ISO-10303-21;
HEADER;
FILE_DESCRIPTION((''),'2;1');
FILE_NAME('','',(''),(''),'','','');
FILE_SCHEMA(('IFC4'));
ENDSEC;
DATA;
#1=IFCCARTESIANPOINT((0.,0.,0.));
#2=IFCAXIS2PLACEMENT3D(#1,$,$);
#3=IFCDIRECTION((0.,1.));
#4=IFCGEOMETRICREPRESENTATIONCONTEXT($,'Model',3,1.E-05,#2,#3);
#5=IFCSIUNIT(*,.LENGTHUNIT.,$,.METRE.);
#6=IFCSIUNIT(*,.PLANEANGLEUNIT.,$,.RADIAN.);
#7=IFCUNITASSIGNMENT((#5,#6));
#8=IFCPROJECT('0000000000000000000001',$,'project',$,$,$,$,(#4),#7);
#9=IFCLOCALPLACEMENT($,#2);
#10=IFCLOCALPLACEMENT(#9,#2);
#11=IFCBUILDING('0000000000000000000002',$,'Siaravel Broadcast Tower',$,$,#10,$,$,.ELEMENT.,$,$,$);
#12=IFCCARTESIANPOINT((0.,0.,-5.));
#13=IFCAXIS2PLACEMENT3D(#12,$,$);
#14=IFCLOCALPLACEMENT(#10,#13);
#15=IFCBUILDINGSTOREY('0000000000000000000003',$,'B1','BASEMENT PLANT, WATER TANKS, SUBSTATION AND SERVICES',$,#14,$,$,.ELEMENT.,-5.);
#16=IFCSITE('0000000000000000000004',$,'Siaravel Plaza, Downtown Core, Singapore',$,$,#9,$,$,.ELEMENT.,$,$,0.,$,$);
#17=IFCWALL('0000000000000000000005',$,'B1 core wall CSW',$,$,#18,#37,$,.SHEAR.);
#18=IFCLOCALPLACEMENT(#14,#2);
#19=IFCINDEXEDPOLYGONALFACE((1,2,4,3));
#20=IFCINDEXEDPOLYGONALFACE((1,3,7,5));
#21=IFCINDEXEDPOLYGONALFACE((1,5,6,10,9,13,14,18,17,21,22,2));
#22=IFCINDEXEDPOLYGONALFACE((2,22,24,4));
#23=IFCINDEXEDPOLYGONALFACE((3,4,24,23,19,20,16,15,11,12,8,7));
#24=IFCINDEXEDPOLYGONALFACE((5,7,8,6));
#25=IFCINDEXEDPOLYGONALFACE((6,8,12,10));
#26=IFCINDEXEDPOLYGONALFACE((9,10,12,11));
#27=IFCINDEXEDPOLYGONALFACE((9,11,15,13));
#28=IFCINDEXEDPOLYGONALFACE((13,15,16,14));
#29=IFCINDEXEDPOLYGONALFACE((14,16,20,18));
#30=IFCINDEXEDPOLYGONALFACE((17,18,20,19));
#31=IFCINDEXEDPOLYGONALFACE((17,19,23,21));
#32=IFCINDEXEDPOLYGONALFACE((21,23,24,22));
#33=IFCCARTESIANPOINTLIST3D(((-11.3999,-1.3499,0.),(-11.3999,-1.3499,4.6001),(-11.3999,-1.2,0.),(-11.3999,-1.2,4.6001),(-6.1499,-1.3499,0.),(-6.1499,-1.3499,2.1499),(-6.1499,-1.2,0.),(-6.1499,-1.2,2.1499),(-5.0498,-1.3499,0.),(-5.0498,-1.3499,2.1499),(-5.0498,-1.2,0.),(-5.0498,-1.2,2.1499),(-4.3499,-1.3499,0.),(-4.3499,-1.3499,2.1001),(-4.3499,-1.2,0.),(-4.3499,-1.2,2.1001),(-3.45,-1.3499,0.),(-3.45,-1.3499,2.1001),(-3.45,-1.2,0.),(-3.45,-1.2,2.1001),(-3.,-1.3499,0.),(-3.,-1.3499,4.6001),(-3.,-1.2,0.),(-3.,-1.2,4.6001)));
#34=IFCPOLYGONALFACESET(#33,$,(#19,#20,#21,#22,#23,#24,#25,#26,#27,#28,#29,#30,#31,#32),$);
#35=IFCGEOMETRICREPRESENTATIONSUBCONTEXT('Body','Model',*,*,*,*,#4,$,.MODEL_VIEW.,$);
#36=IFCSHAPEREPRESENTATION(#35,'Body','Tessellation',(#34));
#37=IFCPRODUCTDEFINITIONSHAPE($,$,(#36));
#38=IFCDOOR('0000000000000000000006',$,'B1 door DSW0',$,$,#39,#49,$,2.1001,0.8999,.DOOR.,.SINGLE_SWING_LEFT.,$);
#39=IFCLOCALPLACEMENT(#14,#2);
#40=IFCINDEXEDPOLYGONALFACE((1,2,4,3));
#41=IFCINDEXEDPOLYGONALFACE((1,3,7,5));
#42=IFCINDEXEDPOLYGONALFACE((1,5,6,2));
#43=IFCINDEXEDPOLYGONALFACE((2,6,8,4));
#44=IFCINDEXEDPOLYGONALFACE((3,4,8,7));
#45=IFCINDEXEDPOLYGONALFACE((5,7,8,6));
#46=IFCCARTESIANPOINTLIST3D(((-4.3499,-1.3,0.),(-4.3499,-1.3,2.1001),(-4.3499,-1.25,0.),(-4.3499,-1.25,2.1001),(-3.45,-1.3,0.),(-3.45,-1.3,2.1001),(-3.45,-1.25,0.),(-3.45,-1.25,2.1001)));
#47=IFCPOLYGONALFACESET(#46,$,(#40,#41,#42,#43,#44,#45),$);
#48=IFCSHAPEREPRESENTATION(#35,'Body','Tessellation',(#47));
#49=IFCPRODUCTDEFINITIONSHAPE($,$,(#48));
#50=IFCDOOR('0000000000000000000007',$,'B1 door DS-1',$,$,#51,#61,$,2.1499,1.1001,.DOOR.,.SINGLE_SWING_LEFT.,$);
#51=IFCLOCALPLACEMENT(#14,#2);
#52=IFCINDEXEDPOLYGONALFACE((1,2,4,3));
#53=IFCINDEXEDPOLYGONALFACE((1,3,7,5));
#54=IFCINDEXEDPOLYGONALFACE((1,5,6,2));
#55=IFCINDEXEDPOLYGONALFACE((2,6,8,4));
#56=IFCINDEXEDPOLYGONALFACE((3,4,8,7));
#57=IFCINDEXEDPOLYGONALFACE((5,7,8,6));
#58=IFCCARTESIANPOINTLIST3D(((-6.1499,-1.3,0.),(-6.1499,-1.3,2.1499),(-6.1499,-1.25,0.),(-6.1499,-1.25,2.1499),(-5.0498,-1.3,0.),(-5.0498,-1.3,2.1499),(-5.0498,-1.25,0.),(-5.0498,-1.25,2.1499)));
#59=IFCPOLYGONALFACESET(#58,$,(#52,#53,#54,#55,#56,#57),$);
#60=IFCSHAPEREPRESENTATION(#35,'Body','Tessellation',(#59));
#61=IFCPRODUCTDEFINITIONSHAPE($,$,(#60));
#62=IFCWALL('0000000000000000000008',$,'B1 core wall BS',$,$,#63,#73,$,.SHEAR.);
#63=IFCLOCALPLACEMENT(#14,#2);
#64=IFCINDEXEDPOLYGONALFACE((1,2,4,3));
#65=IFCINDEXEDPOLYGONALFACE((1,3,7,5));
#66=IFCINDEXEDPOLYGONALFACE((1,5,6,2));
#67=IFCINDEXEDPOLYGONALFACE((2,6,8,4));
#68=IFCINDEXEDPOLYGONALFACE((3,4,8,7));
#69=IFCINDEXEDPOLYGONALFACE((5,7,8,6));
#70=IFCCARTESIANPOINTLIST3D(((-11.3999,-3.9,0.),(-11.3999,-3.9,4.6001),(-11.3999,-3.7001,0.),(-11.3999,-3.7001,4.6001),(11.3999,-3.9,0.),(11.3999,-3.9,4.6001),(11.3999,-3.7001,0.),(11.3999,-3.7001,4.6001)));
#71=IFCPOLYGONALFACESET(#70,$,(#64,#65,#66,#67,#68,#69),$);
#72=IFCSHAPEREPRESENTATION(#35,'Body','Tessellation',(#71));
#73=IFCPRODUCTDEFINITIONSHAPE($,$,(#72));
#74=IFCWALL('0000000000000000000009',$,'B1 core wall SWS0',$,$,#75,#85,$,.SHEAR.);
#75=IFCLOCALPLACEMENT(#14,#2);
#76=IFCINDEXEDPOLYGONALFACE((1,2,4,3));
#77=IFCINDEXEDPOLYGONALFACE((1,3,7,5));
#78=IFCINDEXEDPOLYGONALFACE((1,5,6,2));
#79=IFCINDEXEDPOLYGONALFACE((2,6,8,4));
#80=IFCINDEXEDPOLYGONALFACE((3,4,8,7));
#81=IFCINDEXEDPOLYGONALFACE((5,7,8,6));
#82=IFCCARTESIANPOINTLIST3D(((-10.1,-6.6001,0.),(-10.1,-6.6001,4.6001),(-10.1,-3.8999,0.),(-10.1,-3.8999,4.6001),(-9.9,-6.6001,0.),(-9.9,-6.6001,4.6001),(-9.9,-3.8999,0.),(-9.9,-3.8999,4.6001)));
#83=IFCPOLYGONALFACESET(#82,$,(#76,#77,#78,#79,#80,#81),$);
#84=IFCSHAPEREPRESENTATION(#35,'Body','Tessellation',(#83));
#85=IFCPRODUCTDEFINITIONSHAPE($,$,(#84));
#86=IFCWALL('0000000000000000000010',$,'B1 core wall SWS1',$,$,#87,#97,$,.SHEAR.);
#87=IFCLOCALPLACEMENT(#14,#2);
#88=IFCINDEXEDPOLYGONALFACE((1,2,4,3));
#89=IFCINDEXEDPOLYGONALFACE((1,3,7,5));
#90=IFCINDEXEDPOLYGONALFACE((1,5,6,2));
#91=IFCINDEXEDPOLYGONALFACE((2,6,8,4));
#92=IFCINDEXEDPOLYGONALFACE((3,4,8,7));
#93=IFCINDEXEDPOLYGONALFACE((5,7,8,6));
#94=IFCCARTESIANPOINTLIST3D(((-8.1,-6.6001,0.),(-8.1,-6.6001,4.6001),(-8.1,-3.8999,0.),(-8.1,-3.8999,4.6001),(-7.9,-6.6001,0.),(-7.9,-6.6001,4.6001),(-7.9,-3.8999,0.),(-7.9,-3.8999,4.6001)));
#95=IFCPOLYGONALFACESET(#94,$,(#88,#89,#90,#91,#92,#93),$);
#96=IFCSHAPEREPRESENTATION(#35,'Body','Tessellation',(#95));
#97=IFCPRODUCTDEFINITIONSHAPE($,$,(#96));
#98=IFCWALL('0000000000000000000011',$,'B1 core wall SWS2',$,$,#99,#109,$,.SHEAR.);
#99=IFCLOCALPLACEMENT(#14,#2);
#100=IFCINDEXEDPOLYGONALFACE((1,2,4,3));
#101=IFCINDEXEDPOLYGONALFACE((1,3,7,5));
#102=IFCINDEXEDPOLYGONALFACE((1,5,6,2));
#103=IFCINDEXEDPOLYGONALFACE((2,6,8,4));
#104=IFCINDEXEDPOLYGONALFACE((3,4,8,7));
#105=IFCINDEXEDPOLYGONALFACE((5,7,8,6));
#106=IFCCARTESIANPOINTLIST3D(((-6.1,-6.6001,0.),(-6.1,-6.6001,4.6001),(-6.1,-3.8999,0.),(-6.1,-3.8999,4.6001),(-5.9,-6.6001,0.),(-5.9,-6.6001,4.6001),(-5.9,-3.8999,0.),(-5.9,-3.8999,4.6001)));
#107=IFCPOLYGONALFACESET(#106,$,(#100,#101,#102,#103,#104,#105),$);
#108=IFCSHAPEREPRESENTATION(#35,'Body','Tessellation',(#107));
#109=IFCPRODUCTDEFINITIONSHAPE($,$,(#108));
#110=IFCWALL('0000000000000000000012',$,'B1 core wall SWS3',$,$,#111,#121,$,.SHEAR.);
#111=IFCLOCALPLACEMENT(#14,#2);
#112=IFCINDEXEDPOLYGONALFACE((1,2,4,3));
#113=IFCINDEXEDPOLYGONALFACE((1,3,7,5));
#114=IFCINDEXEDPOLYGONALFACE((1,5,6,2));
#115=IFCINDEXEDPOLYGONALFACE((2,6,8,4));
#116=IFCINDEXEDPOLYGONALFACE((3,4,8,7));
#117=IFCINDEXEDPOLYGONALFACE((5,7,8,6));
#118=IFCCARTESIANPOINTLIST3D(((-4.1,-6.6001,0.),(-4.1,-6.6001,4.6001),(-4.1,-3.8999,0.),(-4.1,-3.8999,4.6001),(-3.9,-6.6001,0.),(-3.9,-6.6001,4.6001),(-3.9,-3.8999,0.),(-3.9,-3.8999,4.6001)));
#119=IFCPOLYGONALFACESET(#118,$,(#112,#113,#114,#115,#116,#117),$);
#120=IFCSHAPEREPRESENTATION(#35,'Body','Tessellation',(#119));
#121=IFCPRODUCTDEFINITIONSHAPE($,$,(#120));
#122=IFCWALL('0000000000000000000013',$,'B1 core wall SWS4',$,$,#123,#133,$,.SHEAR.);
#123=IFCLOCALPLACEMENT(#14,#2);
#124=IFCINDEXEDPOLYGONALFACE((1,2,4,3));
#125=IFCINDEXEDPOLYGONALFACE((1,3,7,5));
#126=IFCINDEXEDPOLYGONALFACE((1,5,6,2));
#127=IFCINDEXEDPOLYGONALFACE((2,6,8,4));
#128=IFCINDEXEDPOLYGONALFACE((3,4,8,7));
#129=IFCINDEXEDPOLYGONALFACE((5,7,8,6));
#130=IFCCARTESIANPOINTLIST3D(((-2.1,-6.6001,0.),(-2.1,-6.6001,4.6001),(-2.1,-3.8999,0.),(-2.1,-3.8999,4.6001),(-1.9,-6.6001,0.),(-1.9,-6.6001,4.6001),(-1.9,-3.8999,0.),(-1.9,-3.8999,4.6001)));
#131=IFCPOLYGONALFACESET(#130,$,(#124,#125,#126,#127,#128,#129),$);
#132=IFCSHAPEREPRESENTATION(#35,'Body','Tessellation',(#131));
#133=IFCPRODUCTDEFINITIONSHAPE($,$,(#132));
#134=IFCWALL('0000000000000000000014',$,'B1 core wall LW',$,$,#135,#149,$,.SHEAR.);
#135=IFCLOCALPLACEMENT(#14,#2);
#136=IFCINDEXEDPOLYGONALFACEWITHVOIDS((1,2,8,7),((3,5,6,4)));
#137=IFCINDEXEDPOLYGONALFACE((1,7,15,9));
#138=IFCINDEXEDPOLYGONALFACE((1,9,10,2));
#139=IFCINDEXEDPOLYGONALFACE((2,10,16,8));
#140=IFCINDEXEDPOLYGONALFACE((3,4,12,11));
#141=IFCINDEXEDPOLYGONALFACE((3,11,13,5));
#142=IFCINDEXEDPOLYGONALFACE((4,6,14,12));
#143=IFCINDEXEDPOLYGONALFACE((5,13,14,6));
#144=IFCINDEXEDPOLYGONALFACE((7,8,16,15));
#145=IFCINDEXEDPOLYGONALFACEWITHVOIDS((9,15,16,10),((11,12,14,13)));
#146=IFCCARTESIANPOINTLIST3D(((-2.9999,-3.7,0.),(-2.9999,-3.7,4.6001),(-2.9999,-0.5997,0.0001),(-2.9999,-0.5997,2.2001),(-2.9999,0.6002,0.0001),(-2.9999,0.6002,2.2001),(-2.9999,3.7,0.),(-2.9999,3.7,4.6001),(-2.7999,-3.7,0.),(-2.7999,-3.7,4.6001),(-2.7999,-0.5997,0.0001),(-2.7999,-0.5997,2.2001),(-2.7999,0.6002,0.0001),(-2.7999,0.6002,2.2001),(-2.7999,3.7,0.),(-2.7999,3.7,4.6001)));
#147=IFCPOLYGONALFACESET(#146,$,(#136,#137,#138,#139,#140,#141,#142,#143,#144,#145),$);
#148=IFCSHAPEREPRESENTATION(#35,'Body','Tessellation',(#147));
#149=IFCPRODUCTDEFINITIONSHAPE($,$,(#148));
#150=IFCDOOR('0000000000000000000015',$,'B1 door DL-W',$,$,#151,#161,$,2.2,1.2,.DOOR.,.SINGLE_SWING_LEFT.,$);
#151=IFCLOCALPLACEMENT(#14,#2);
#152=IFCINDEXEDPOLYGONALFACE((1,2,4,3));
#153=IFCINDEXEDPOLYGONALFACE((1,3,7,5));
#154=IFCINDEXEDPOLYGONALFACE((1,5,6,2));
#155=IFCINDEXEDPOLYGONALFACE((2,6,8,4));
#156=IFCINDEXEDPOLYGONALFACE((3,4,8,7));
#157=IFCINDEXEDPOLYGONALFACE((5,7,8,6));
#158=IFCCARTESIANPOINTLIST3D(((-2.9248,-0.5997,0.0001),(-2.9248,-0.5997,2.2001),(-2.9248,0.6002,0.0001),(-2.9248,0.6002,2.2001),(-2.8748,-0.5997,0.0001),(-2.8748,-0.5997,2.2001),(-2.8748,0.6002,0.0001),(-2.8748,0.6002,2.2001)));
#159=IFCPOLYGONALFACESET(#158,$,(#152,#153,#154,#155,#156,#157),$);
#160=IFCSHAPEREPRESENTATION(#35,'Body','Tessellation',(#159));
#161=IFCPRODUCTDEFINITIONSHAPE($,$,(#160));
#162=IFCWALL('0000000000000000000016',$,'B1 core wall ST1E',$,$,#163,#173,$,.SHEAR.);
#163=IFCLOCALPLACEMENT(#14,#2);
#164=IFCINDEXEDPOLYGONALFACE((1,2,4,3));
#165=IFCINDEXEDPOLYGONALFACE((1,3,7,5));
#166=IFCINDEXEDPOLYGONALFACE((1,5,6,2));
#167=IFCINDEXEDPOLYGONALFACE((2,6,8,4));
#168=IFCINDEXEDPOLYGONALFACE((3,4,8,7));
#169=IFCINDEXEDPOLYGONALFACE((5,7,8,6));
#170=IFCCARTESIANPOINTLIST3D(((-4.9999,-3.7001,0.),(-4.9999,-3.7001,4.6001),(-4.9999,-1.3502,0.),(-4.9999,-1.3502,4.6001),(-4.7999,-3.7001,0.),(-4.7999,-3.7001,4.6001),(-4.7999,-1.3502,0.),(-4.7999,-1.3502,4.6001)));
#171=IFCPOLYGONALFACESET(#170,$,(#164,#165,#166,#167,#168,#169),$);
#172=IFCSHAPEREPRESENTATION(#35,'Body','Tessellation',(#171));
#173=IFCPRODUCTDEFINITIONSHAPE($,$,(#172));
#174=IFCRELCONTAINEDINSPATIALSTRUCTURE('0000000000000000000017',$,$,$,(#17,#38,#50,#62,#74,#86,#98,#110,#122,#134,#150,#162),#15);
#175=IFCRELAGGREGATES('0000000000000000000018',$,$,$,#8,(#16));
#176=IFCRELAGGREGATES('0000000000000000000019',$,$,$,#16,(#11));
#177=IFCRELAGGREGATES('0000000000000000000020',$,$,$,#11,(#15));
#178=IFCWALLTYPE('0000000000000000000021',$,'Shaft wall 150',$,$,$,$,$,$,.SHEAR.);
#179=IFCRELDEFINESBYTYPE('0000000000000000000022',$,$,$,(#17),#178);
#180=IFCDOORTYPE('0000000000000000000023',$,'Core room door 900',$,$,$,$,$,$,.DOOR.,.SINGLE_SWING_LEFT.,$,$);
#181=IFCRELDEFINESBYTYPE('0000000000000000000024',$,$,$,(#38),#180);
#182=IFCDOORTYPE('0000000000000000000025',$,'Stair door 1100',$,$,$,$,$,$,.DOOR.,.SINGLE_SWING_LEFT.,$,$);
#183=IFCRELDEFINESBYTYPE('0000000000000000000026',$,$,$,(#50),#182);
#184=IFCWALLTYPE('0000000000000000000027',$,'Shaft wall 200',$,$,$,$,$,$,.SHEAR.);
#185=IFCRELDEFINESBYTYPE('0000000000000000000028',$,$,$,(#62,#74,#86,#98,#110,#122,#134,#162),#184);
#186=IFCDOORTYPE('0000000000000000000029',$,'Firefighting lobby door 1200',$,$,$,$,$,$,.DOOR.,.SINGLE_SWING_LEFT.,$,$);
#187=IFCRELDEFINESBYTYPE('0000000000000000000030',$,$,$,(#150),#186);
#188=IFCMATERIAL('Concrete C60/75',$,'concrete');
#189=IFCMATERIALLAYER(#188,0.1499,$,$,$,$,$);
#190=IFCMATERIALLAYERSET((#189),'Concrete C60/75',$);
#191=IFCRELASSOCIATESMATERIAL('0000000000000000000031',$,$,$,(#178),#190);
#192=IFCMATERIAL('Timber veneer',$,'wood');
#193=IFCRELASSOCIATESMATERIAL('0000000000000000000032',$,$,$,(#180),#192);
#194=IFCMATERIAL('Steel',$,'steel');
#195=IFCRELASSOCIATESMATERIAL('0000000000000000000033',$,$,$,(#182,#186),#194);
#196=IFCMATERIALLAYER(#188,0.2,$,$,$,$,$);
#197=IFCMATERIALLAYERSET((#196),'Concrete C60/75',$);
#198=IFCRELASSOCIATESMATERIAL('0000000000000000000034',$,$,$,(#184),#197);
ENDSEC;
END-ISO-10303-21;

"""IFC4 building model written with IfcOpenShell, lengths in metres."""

from ifc_helpers import new_model, si_unit, direction, frame, frame_2d, origin, place, context, subcontext, project, spatial, rectangle, extrude, material, layer, layer_set, type_object, element, fill, save


model = new_model("IFC4")

# Units and contexts
model_context = context("Model", 3, precision=1e-05, world=origin(), true_north=direction((0.0, 1.0)))
body_context = subcontext(model_context, "Body", "Model", "MODEL_VIEW")
ifc_project = project(units=[si_unit("LENGTHUNIT", "METRE"), si_unit("PLANEANGLEUNIT", "RADIAN")], contexts=[model_context])

# Site, building, storey
site_placement = place(None, origin())
site = spatial("IfcSite", under=ifc_project, at=site_placement, Name="Siaravel Plaza, Downtown Core, Singapore", CompositionType="ELEMENT", RefElevation=0.0)
building_placement = place(site_placement, origin())
building = spatial("IfcBuilding", under=site, at=building_placement, Name="Siaravel Broadcast Tower", CompositionType="ELEMENT")
storey_placement = place(building_placement, frame((0.0, 0.0, -5.0)))
storey = spatial("IfcBuildingStorey", under=building, at=storey_placement, Name="B1", Description="BASEMENT PLANT, WATER TANKS, SUBSTATION AND SERVICES", CompositionType="ELEMENT", Elevation=-5.0)

# Wall, openings, doors
ifc_material_1 = material(Name="Concrete C60/75", Category="concrete")
ifc_layer_1 = layer(ifc_material_1, 0.1499)
ifc_layer_set_1 = layer_set([ifc_layer_1], Name="Concrete C60/75")
wall_type_1 = type_object("IfcWallType", Name="Shaft wall 150", PredefinedType="SHEAR", material=ifc_layer_set_1)
wall_1_placement = place(storey_placement, frame((-11.3999, -1.2749, 0.0), z_axis=(0.0, 0.0, 1.0), x_axis=(1.0, 0.0, 0.0)))
wall_1 = element("IfcWall", 1, at=wall_1_placement, inside=storey, type_object=wall_type_1, Name="B1 core wall CSW", PredefinedType="SHEAR", context=body_context, shape_type="SweptSolid", body=[
    extrude(rectangle(XDim=8.3999, YDim=0.1499, at=frame_2d((4.2, 0.0))), origin(), (0.0, 0.0, 1.0), 4.6001),
])
opening_1_placement = place(wall_1_placement, frame((5.25, 0.0, 0.0)))
opening_1 = element("IfcOpeningElement", 2, at=opening_1_placement, cuts=wall_1, PredefinedType="OPENING", context=body_context, shape_type="SweptSolid", body=[
    extrude(rectangle(XDim=1.1001, YDim=2.1499, at=frame_2d((0.55, 1.075))), frame((0.0, 0.085, 0.0), z_axis=(0.0, -1.0, 0.0), x_axis=(1.0, 0.0, 0.0)), (0.0, 0.0, 1.0), 0.1699),
])
opening_2_placement = place(wall_1_placement, frame((7.05, 0.0, 0.0)))
opening_2 = element("IfcOpeningElement", 3, at=opening_2_placement, cuts=wall_1, PredefinedType="OPENING", context=body_context, shape_type="SweptSolid", body=[
    extrude(rectangle(XDim=0.8999, YDim=2.1001, at=frame_2d((0.45, 1.05))), frame((0.0, 0.085, 0.0), z_axis=(0.0, -1.0, 0.0), x_axis=(1.0, 0.0, 0.0)), (0.0, 0.0, 1.0), 0.1699),
])
ifc_material_2 = material(Name="Timber veneer", Category="wood")
door_type_1 = type_object("IfcDoorType", Name="Core room door 900", OperationType="SINGLE_SWING_LEFT", PredefinedType="DOOR", material=ifc_material_2)
door_1_placement = place(opening_2_placement, origin())
door_1 = element("IfcDoor", 4, at=door_1_placement, inside=storey, type_object=door_type_1, Name="B1 door DSW0", OperationType="SINGLE_SWING_LEFT", OverallHeight=2.1001, OverallWidth=0.8999, PredefinedType="DOOR", context=body_context, shape_type="SweptSolid", body=[
    extrude(rectangle(XDim=0.8999, YDim=2.1001, at=frame_2d((0.45, 1.05))), frame((0.0, 0.0249, 0.0), z_axis=(0.0, -1.0, 0.0), x_axis=(1.0, 0.0, 0.0)), (0.0, 0.0, 1.0), 0.05),
])
fill(opening_2, door_1)
ifc_material_3 = material(Name="Steel", Category="steel")
door_type_2 = type_object("IfcDoorType", Name="Stair door 1100", OperationType="SINGLE_SWING_LEFT", PredefinedType="DOOR", material=ifc_material_3)
door_2_placement = place(opening_1_placement, origin())
door_2 = element("IfcDoor", 5, at=door_2_placement, inside=storey, type_object=door_type_2, Name="B1 door DS-1", OperationType="SINGLE_SWING_LEFT", OverallHeight=2.1499, OverallWidth=1.1001, PredefinedType="DOOR", context=body_context, shape_type="SweptSolid", body=[
    extrude(rectangle(XDim=1.1001, YDim=2.1499, at=frame_2d((0.55, 1.075))), frame((0.0, 0.0249, 0.0), z_axis=(0.0, -1.0, 0.0), x_axis=(1.0, 0.0, 0.0)), (0.0, 0.0, 1.0), 0.05),
])
fill(opening_1, door_2)

# Walls
ifc_layer_2 = layer(ifc_material_1, 0.2)
ifc_layer_set_2 = layer_set([ifc_layer_2], Name="Concrete C60/75")
wall_type_2 = type_object("IfcWallType", Name="Shaft wall 200", PredefinedType="SHEAR", material=ifc_layer_set_2)
wall_2_placement = place(storey_placement, frame((-11.3999, -3.8, 0.0), z_axis=(0.0, 0.0, 1.0), x_axis=(1.0, 0.0, 0.0)))
element("IfcWall", 6, at=wall_2_placement, inside=storey, type_object=wall_type_2, Name="B1 core wall BS", PredefinedType="SHEAR", context=body_context, shape_type="SweptSolid", body=[
    extrude(rectangle(XDim=22.7998, YDim=0.2, at=frame_2d((11.3999, 0.0))), origin(), (0.0, 0.0, 1.0), 4.6001),
])
for number, where, z_axis, x_axis, name in (
    (7, (-10.0, -6.6001, 0.0), (0.0, 0.0, 1.0), (0.0, 1.0, 0.0), "B1 core wall SWS0"),
    (8, (-8.0, -6.6001, 0.0), (0.0, 0.0, 1.0), (0.0, 1.0, 0.0), "B1 core wall SWS1"),
    (9, (-6.0, -6.6001, 0.0), (0.0, 0.0, 1.0), (0.0, 1.0, 0.0), "B1 core wall SWS2"),
    (10, (-4.0, -6.6001, 0.0), (0.0, 0.0, 1.0), (0.0, 1.0, 0.0), "B1 core wall SWS3"),
    (11, (-2.0, -6.6001, 0.0), (0.0, 0.0, 1.0), (0.0, 1.0, 0.0), "B1 core wall SWS4"),
):
    element("IfcWall", number, at=place(storey_placement, frame(where, z_axis=z_axis, x_axis=x_axis)), inside=storey, type_object=wall_type_2, Name=name, PredefinedType="SHEAR", context=body_context, shape_type="SweptSolid", body=[
        extrude(rectangle(XDim=2.7002, YDim=0.2, at=frame_2d((1.3501, 0.0))), origin(), (0.0, 0.0, 1.0), 4.6001),
    ])

# Wall, opening, door
wall_3_placement = place(storey_placement, frame((-2.8999, -3.7, 0.0), z_axis=(0.0, 0.0, 1.0), x_axis=(0.0, 1.0, 0.0)))
wall_3 = element("IfcWall", 12, at=wall_3_placement, inside=storey, type_object=wall_type_2, Name="B1 core wall LW", PredefinedType="SHEAR", context=body_context, shape_type="SweptSolid", body=[
    extrude(rectangle(XDim=7.3999, YDim=0.2, at=frame_2d((3.7, 0.0))), origin(), (0.0, 0.0, 1.0), 4.6001),
])
opening_3_placement = place(wall_3_placement, frame((3.1001, 0.0, 0.0)))
opening_3 = element("IfcOpeningElement", 13, at=opening_3_placement, cuts=wall_3, PredefinedType="OPENING", context=body_context, shape_type="SweptSolid", body=[
    extrude(rectangle(XDim=1.2, YDim=2.2, at=frame_2d((0.6001, 1.1001))), frame((0.0, 0.1099, 0.0), z_axis=(0.0, -1.0, 0.0), x_axis=(1.0, 0.0, 0.0)), (0.0, 0.0, 1.0), 0.22),
])
door_type_3 = type_object("IfcDoorType", Name="Firefighting lobby door 1200", OperationType="SINGLE_SWING_LEFT", PredefinedType="DOOR", material=ifc_material_3)
door_3_placement = place(opening_3_placement, origin())
door_3 = element("IfcDoor", 14, at=door_3_placement, inside=storey, type_object=door_type_3, Name="B1 door DL-W", OperationType="SINGLE_SWING_LEFT", OverallHeight=2.2, OverallWidth=1.2, PredefinedType="DOOR", context=body_context, shape_type="SweptSolid", body=[
    extrude(rectangle(XDim=1.2, YDim=2.2, at=frame_2d((0.6001, 1.1001))), frame((0.0, 0.0249, 0.0), z_axis=(0.0, -1.0, 0.0), x_axis=(1.0, 0.0, 0.0)), (0.0, 0.0, 1.0), 0.05),
])
fill(opening_3, door_3)

# Wall
wall_4_placement = place(storey_placement, frame((-4.8999, -3.7, 0.0), z_axis=(0.0, 0.0, 1.0), x_axis=(0.0, 1.0, 0.0)))
element("IfcWall", 15, at=wall_4_placement, inside=storey, type_object=wall_type_2, Name="B1 core wall ST1E", PredefinedType="SHEAR", context=body_context, shape_type="SweptSolid", body=[
    extrude(rectangle(XDim=2.3499, YDim=0.2, at=frame_2d((1.1748, 0.0))), origin(), (0.0, 0.0, 1.0), 4.6001),
])

save(model, "model.ifc")
